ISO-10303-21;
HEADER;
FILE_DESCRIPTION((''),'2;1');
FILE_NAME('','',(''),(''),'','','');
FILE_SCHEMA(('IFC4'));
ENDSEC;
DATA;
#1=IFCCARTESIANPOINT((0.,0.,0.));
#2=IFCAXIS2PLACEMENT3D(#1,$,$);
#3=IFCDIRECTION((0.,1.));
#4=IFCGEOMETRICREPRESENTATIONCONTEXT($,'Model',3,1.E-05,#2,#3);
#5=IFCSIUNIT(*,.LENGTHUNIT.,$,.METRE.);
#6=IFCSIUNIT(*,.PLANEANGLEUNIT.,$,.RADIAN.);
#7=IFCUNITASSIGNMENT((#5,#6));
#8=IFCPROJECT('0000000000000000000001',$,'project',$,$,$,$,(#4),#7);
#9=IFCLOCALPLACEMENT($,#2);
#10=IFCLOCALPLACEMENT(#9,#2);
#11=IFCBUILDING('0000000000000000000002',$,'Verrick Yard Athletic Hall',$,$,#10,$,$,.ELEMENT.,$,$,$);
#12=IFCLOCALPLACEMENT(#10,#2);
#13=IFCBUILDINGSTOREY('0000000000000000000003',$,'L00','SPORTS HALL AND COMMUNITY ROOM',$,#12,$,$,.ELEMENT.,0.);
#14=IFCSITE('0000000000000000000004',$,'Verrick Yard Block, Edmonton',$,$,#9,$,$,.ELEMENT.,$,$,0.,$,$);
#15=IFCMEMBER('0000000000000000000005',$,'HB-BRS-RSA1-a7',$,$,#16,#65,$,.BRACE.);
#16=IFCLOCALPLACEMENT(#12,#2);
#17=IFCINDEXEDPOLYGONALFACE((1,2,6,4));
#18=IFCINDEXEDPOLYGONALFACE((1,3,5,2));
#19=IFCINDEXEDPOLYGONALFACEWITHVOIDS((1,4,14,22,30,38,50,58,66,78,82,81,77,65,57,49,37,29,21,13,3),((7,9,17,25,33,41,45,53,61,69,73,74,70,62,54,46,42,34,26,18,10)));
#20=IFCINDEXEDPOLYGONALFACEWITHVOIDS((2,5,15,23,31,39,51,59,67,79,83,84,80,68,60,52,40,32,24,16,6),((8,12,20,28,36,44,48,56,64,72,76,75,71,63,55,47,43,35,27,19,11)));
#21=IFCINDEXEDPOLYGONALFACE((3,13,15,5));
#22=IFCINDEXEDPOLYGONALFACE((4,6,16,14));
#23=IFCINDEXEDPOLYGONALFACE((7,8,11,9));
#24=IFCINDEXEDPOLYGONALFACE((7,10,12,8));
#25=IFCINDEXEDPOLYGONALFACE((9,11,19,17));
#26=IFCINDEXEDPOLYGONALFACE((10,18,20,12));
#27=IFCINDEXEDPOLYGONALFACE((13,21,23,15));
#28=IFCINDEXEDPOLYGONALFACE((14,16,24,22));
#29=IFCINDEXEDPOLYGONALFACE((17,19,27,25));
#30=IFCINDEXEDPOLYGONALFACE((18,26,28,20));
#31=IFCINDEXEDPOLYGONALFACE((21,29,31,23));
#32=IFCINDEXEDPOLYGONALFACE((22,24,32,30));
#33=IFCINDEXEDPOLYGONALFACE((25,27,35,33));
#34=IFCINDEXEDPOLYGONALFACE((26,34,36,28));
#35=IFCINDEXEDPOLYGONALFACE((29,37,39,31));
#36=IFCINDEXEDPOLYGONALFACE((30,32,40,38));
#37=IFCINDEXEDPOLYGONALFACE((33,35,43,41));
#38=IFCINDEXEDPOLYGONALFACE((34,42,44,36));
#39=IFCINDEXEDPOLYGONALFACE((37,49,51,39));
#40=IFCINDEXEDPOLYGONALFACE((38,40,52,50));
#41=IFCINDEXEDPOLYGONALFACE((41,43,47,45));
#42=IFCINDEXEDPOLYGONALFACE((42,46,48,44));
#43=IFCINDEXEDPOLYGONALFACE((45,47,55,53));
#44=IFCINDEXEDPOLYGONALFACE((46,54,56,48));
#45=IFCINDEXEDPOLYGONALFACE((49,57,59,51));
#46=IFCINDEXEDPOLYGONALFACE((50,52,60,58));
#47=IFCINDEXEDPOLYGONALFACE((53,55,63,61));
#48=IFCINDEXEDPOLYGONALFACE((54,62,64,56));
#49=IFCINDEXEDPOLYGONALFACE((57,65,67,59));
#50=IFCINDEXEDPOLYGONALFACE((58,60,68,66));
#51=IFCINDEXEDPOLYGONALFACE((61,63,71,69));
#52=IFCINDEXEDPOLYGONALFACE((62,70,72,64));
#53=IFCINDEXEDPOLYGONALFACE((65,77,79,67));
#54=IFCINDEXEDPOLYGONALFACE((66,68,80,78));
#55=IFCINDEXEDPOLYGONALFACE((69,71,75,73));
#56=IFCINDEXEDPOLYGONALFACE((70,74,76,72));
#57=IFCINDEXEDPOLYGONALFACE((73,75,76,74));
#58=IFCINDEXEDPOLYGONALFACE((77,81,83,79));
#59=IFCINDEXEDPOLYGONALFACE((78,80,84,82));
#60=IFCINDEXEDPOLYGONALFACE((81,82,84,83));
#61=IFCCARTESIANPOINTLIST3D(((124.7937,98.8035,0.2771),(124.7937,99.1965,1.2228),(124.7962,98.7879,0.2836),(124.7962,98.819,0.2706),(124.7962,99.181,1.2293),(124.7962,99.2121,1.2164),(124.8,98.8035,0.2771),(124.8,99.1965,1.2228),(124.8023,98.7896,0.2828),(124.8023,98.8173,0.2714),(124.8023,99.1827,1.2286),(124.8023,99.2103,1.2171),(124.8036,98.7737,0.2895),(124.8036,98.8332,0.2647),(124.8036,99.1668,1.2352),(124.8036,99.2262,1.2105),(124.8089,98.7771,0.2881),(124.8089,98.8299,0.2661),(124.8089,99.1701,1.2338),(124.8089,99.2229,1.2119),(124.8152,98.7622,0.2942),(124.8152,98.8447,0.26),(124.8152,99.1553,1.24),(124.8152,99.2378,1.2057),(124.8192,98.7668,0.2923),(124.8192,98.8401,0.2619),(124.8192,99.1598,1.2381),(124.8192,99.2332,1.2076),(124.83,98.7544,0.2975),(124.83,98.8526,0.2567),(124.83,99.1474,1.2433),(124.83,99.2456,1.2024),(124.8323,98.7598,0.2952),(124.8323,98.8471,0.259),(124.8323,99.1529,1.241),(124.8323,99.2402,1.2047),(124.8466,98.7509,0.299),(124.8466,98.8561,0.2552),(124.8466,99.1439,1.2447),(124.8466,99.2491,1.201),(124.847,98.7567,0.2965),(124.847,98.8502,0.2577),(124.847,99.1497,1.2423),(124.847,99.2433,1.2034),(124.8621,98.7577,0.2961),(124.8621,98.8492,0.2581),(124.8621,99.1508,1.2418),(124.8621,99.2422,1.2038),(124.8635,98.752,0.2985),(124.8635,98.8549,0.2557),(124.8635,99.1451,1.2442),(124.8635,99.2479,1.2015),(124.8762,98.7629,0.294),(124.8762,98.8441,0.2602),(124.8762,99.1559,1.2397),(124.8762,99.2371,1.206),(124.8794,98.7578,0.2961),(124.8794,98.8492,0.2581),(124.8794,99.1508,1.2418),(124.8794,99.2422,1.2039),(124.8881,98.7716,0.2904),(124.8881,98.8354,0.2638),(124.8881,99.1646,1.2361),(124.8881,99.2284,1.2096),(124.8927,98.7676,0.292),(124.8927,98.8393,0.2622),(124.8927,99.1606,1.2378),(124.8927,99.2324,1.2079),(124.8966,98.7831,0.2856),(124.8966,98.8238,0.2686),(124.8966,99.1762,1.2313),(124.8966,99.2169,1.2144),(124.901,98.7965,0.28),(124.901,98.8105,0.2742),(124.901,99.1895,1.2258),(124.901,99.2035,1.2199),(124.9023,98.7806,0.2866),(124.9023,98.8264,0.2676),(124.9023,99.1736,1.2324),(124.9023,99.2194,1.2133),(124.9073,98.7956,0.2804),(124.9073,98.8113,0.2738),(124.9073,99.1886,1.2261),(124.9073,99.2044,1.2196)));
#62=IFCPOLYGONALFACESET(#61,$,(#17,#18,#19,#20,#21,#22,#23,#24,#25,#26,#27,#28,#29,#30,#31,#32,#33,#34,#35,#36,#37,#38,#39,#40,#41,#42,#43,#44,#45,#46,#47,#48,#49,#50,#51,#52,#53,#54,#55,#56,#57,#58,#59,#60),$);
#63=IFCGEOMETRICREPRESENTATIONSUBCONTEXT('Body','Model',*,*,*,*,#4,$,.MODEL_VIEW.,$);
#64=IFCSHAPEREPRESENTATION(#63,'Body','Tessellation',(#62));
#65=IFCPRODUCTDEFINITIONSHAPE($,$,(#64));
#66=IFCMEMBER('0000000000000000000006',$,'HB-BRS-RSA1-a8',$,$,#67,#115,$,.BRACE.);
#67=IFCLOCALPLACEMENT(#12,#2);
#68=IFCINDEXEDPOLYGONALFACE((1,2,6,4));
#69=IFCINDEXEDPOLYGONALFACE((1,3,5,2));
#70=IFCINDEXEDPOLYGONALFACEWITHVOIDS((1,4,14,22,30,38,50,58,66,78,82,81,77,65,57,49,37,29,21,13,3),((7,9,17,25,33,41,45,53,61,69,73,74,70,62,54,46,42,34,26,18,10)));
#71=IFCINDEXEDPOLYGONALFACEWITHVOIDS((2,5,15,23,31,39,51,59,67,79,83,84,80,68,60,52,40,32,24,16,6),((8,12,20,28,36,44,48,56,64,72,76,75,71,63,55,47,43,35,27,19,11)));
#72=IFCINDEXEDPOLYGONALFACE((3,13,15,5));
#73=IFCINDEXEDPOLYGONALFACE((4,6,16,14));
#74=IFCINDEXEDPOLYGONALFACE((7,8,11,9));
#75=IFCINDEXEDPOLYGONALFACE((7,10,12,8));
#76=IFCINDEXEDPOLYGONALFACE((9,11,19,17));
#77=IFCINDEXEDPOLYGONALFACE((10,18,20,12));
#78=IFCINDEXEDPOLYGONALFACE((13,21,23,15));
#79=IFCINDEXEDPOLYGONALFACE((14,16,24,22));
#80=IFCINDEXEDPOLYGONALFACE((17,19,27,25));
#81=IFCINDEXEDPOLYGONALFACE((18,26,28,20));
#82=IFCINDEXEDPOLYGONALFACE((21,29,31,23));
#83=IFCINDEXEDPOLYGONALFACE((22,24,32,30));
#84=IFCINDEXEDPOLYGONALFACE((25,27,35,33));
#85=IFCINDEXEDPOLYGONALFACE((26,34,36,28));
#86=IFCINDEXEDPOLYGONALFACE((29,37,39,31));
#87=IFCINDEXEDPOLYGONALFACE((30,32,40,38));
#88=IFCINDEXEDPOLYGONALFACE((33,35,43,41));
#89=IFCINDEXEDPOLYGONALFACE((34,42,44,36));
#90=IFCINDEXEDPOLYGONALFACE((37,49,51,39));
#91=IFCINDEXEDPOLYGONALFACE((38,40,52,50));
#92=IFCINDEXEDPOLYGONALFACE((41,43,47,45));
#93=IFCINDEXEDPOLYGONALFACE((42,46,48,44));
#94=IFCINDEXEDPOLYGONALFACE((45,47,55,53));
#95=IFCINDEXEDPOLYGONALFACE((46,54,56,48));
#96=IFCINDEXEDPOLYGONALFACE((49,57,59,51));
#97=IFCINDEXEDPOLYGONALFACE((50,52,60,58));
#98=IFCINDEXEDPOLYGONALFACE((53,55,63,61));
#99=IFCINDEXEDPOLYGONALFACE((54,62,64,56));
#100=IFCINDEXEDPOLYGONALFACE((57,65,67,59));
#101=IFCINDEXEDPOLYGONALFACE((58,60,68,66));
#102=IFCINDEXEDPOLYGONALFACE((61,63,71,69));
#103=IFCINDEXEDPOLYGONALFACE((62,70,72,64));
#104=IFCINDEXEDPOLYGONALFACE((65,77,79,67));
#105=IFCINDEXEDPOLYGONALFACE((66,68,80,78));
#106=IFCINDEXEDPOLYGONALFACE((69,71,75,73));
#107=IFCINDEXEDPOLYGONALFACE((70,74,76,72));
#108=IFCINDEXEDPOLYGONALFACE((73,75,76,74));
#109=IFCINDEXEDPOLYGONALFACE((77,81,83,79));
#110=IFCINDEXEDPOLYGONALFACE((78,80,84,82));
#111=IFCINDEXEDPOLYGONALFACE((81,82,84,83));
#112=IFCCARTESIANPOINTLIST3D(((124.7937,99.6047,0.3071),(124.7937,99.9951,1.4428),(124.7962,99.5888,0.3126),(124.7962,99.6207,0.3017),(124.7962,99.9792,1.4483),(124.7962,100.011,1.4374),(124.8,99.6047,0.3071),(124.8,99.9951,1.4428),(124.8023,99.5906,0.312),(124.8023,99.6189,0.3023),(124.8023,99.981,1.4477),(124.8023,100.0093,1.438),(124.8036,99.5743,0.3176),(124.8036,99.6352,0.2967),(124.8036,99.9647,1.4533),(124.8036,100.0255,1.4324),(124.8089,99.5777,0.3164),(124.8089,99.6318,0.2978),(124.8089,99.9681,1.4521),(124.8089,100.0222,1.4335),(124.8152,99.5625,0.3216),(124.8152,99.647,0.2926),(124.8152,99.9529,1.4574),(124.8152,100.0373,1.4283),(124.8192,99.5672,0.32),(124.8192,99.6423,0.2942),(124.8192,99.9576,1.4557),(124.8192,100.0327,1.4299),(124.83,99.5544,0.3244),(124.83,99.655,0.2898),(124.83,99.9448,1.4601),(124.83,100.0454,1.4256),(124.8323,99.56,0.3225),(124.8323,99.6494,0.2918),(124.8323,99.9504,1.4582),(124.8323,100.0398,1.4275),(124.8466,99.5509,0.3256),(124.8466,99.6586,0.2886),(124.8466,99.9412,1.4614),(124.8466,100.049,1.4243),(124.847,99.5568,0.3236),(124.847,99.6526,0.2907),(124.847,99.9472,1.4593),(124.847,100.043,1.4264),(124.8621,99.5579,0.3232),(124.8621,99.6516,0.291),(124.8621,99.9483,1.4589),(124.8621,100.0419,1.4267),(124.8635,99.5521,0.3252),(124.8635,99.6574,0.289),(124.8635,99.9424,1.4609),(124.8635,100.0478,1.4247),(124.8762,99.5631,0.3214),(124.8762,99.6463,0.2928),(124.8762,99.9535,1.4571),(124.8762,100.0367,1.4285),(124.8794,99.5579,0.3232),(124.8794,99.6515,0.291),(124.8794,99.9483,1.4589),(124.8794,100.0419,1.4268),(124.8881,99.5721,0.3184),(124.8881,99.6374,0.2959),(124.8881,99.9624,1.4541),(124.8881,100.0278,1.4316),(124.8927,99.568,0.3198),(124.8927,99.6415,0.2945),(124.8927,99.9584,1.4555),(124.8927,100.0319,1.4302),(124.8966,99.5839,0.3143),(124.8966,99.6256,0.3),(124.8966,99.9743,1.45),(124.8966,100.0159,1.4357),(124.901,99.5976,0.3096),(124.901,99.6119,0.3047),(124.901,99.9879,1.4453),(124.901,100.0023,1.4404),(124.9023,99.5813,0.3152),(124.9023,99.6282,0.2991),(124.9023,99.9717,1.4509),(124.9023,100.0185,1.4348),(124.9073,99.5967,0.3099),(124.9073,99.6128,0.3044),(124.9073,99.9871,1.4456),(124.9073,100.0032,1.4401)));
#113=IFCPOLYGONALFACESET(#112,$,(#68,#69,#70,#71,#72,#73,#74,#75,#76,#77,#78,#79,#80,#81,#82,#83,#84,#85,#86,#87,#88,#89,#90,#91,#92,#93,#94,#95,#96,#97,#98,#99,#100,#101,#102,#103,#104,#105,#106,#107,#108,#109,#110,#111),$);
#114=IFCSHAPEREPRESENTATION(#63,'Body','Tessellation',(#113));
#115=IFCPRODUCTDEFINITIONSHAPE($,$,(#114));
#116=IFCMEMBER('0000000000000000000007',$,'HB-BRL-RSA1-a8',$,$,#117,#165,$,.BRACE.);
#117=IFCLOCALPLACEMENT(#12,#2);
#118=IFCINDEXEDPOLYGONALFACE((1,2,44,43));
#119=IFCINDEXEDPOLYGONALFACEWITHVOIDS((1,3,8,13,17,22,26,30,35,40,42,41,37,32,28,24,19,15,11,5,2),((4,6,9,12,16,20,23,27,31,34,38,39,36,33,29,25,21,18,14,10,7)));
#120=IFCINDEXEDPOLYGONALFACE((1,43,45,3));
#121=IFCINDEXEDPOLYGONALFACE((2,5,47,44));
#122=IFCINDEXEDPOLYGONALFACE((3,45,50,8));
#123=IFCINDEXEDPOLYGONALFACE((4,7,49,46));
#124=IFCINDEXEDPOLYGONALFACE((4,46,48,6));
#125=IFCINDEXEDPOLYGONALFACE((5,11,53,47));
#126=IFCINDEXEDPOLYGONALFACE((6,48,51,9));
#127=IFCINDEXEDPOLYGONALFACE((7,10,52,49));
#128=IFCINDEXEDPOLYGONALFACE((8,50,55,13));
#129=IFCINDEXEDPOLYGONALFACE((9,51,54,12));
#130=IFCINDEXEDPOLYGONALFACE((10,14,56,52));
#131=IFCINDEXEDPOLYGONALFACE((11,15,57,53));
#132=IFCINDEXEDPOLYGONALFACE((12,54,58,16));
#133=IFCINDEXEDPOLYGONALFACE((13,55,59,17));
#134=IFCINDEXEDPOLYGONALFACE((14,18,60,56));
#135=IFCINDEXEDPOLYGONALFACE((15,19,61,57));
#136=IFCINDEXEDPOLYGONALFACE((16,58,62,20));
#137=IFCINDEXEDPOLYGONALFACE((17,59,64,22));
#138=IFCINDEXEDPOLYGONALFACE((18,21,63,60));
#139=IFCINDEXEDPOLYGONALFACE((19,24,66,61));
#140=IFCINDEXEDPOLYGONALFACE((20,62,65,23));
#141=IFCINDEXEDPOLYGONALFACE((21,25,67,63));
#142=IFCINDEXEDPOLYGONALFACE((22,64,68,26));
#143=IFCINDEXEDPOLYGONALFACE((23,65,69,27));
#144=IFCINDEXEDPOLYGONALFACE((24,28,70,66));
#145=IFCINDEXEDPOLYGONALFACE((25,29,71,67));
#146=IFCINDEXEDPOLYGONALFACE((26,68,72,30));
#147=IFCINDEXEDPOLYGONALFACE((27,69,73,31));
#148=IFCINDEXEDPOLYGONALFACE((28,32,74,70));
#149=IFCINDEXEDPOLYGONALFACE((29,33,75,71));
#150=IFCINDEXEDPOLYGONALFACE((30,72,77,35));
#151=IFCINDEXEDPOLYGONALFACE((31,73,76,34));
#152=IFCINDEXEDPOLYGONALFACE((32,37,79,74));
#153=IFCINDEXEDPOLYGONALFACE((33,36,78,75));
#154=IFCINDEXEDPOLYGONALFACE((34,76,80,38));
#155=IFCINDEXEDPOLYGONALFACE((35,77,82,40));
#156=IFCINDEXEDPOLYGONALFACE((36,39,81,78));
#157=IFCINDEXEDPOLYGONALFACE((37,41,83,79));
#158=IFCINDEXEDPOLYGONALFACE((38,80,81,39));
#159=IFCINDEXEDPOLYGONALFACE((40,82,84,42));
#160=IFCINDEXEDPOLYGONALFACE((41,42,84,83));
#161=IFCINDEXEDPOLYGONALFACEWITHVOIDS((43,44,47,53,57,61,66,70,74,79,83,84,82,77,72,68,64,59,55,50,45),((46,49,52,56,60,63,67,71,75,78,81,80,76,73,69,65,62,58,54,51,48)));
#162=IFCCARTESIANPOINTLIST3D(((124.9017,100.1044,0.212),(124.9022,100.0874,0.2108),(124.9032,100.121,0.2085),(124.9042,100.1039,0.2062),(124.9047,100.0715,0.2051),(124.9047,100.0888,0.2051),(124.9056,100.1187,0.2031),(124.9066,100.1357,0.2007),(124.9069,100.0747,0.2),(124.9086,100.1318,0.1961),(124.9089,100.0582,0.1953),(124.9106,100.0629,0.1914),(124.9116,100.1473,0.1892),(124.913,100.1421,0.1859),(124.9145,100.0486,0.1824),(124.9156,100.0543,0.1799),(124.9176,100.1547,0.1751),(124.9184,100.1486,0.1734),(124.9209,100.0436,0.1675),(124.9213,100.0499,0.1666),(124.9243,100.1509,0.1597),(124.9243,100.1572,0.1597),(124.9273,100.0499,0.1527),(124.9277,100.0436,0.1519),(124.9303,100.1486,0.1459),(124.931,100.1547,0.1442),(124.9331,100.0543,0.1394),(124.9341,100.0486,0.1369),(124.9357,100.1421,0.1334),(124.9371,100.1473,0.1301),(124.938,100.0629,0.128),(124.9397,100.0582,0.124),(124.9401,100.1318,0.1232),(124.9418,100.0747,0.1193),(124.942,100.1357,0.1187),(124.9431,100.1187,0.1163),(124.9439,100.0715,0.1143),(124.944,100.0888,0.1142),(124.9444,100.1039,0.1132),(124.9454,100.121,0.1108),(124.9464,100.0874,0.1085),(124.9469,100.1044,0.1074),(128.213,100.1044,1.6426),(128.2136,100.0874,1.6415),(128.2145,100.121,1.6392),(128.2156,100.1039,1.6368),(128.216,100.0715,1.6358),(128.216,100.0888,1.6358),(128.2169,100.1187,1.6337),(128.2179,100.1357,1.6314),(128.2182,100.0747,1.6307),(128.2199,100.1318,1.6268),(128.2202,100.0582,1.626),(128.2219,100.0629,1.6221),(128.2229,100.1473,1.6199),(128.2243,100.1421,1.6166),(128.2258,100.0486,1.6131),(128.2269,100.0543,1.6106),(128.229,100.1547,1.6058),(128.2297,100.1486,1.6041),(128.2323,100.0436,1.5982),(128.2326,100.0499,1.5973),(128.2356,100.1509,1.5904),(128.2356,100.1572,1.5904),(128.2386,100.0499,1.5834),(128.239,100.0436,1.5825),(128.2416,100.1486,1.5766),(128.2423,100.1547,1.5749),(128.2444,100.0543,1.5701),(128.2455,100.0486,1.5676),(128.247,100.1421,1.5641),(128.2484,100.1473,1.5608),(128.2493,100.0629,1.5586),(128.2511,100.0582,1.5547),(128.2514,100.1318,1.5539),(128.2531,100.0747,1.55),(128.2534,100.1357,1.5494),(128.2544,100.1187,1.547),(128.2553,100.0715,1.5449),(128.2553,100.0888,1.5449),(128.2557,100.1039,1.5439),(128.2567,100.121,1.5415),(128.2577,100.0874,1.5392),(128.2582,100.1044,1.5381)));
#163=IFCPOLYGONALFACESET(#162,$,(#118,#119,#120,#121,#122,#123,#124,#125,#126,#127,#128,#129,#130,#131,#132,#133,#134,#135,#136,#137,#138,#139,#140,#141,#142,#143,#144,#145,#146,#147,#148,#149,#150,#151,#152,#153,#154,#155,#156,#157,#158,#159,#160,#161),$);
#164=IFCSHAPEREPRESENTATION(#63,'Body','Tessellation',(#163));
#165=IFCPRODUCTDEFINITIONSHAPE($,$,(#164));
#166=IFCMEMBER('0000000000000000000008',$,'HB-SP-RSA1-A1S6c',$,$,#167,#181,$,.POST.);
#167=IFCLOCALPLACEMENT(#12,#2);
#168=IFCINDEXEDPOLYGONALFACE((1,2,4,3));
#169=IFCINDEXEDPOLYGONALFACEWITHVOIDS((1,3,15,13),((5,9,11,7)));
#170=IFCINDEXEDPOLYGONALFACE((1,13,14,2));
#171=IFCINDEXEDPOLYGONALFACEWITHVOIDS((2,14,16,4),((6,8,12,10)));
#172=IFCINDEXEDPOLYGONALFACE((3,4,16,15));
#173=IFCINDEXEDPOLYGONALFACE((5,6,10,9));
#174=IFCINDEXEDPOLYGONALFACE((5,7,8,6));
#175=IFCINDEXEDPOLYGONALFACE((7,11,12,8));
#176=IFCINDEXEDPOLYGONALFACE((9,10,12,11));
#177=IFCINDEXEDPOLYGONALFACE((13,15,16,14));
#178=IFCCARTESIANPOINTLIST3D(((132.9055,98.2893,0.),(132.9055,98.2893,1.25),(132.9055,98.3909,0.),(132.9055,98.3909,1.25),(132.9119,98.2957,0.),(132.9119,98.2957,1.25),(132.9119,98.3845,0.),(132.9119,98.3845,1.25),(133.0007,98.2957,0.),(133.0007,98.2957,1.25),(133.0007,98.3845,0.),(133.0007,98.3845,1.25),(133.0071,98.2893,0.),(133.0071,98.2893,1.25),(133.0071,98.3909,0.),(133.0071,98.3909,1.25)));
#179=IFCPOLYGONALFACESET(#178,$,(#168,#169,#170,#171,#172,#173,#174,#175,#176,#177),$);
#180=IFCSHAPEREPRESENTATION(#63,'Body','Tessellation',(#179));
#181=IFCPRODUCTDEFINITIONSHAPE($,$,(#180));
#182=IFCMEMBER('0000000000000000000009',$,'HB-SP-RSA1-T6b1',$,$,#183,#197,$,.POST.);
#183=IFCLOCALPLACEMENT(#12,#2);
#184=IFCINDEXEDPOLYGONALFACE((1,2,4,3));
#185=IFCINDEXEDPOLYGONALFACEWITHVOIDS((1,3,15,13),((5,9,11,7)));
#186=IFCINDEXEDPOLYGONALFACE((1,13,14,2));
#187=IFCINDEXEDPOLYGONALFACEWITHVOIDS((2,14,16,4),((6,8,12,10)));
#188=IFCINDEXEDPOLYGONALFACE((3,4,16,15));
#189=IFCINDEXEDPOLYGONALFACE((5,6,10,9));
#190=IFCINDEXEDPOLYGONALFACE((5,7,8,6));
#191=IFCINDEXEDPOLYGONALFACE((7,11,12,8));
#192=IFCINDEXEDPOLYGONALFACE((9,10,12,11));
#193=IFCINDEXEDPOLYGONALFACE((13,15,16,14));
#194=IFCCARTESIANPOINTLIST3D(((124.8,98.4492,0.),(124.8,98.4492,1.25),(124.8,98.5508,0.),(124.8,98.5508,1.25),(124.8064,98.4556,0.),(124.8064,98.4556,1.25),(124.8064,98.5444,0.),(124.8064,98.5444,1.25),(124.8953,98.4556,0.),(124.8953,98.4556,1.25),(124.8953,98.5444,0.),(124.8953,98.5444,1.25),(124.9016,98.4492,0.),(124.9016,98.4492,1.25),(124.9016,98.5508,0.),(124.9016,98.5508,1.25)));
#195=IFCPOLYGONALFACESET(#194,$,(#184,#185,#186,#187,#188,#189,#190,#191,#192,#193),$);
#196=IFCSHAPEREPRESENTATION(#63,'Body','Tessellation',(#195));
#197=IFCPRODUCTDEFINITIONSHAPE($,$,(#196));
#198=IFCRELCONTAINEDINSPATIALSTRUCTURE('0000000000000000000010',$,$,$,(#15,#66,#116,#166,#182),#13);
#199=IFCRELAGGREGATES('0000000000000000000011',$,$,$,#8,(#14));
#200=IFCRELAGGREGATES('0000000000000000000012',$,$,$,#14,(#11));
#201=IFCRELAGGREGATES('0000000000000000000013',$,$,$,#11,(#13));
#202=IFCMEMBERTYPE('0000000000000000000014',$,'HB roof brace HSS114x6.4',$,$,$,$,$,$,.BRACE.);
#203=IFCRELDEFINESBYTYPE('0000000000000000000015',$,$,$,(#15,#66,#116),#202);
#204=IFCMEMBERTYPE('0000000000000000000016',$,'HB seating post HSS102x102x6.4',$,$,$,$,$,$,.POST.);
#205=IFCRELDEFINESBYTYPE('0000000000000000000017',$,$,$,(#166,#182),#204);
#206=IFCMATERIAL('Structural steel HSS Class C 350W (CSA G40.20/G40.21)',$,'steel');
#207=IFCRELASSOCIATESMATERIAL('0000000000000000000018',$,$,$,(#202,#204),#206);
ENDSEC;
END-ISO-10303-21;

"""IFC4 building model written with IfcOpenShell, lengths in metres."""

from ifc_helpers import new_model, si_unit, direction, frame, origin, origin_2d, place, context, subcontext, project, spatial, hollow_rectangle, hollow_circle, extrude, material, material_profile, profile_set, type_object, element, save


model = new_model("IFC4")

# Units and contexts
model_context = context("Model", 3, precision=1e-05, world=origin(), true_north=direction((0.0, 1.0)))
body_context = subcontext(model_context, "Body", "Model", "MODEL_VIEW")
ifc_project = project(units=[si_unit("LENGTHUNIT", "METRE"), si_unit("PLANEANGLEUNIT", "RADIAN")], contexts=[model_context])

# Site, building, storey
site_placement = place(None, origin())
site = spatial("IfcSite", under=ifc_project, at=site_placement, Name="Verrick Yard Block, Edmonton", CompositionType="ELEMENT", RefElevation=0.0)
building_placement = place(site_placement, origin())
building = spatial("IfcBuilding", under=site, at=building_placement, Name="Verrick Yard Athletic Hall", CompositionType="ELEMENT")
storey_placement = place(building_placement, origin())
storey = spatial("IfcBuildingStorey", under=building, at=storey_placement, Name="L00", Description="SPORTS HALL AND COMMUNITY ROOM", CompositionType="ELEMENT", Elevation=0.0)

# Members
ifc_material_1 = material(Name="Structural steel HSS Class C 350W (CSA G40.20/G40.21)", Category="steel")
ifc_material_profile_1 = material_profile(ifc_material_1, hollow_circle(Radius=0.0571, WallThickness=0.0063, at=origin_2d()), Name="HSS114x6.4")
ifc_profile_set_1 = profile_set([ifc_material_profile_1], Name="Structural steel HSS Class C 350W (CSA G40.20/G40.21)")
member_type_1 = type_object("IfcMemberType", Name="HB roof brace HSS114x6.4", PredefinedType="BRACE", material=ifc_profile_set_1)
member_1_placement = place(storey_placement, frame((124.8508, 98.8035, 0.2771), z_axis=(0.0, 0.383769, 0.923429), x_axis=(-1.0, 0.0, 0.0)))
element("IfcMember", 1, at=member_1_placement, inside=storey, type_object=member_type_1, Name="HB-BRS-RSA1-a7", PredefinedType="BRACE", context=body_context, shape_type="SweptSolid", body=[
    extrude(hollow_circle(Radius=0.0571, WallThickness=0.0063, at=origin_2d()), origin(), (0.0, 0.0, 1.0), 1.0242),
])
member_2_placement = place(storey_placement, frame((124.8508, 99.6047, 0.3071), z_axis=(0.0, 0.325057, 0.945694), x_axis=(-1.0, 0.0, 0.0)))
element("IfcMember", 2, at=member_2_placement, inside=storey, type_object=member_type_1, Name="HB-BRS-RSA1-a8", PredefinedType="BRACE", context=body_context, shape_type="SweptSolid", body=[
    extrude(hollow_circle(Radius=0.0571, WallThickness=0.0063, at=origin_2d()), origin(), (0.0, 0.0, 1.0), 1.2009),
])
member_3_placement = place(storey_placement, frame((124.9243, 100.1001, 0.1597), z_axis=(0.917982, 0.0, 0.396621), x_axis=(0.0, 1.0, 0.0)))
element("IfcMember", 3, at=member_3_placement, inside=storey, type_object=member_type_1, Name="HB-BRL-RSA1-a8", PredefinedType="BRACE", context=body_context, shape_type="SweptSolid", body=[
    extrude(hollow_circle(Radius=0.0571, WallThickness=0.0063, at=origin_2d()), origin(), (0.0, 0.0, 1.0), 3.6072),
])
ifc_material_profile_2 = material_profile(ifc_material_1, hollow_rectangle(XDim=0.1016, YDim=0.1016, WallThickness=0.0063, at=origin_2d()), Name="HSS102x102x6.4")
ifc_profile_set_2 = profile_set([ifc_material_profile_2], Name="Structural steel HSS Class C 350W (CSA G40.20/G40.21)")
member_type_2 = type_object("IfcMemberType", Name="HB seating post HSS102x102x6.4", PredefinedType="POST", material=ifc_profile_set_2)
for number, where, z_axis, x_axis, name in (
    (4, (132.9563, 98.3401, 0.0), (0.0, 0.0, 1.0), (0.0, 1.0, 0.0), "HB-SP-RSA1-A1S6c"),
    (5, (124.8508, 98.5, 0.0), (0.0, 0.0, 1.0), (0.0, 1.0, 0.0), "HB-SP-RSA1-T6b1"),
):
    element("IfcMember", number, at=place(storey_placement, frame(where, z_axis=z_axis, x_axis=x_axis)), inside=storey, type_object=member_type_2, Name=name, PredefinedType="POST", context=body_context, shape_type="SweptSolid", body=[
        extrude(hollow_rectangle(XDim=0.1016, YDim=0.1016, WallThickness=0.0063, at=origin_2d()), origin(), (0.0, 0.0, 1.0), 1.25),
    ])

save(model, "model.ifc")
